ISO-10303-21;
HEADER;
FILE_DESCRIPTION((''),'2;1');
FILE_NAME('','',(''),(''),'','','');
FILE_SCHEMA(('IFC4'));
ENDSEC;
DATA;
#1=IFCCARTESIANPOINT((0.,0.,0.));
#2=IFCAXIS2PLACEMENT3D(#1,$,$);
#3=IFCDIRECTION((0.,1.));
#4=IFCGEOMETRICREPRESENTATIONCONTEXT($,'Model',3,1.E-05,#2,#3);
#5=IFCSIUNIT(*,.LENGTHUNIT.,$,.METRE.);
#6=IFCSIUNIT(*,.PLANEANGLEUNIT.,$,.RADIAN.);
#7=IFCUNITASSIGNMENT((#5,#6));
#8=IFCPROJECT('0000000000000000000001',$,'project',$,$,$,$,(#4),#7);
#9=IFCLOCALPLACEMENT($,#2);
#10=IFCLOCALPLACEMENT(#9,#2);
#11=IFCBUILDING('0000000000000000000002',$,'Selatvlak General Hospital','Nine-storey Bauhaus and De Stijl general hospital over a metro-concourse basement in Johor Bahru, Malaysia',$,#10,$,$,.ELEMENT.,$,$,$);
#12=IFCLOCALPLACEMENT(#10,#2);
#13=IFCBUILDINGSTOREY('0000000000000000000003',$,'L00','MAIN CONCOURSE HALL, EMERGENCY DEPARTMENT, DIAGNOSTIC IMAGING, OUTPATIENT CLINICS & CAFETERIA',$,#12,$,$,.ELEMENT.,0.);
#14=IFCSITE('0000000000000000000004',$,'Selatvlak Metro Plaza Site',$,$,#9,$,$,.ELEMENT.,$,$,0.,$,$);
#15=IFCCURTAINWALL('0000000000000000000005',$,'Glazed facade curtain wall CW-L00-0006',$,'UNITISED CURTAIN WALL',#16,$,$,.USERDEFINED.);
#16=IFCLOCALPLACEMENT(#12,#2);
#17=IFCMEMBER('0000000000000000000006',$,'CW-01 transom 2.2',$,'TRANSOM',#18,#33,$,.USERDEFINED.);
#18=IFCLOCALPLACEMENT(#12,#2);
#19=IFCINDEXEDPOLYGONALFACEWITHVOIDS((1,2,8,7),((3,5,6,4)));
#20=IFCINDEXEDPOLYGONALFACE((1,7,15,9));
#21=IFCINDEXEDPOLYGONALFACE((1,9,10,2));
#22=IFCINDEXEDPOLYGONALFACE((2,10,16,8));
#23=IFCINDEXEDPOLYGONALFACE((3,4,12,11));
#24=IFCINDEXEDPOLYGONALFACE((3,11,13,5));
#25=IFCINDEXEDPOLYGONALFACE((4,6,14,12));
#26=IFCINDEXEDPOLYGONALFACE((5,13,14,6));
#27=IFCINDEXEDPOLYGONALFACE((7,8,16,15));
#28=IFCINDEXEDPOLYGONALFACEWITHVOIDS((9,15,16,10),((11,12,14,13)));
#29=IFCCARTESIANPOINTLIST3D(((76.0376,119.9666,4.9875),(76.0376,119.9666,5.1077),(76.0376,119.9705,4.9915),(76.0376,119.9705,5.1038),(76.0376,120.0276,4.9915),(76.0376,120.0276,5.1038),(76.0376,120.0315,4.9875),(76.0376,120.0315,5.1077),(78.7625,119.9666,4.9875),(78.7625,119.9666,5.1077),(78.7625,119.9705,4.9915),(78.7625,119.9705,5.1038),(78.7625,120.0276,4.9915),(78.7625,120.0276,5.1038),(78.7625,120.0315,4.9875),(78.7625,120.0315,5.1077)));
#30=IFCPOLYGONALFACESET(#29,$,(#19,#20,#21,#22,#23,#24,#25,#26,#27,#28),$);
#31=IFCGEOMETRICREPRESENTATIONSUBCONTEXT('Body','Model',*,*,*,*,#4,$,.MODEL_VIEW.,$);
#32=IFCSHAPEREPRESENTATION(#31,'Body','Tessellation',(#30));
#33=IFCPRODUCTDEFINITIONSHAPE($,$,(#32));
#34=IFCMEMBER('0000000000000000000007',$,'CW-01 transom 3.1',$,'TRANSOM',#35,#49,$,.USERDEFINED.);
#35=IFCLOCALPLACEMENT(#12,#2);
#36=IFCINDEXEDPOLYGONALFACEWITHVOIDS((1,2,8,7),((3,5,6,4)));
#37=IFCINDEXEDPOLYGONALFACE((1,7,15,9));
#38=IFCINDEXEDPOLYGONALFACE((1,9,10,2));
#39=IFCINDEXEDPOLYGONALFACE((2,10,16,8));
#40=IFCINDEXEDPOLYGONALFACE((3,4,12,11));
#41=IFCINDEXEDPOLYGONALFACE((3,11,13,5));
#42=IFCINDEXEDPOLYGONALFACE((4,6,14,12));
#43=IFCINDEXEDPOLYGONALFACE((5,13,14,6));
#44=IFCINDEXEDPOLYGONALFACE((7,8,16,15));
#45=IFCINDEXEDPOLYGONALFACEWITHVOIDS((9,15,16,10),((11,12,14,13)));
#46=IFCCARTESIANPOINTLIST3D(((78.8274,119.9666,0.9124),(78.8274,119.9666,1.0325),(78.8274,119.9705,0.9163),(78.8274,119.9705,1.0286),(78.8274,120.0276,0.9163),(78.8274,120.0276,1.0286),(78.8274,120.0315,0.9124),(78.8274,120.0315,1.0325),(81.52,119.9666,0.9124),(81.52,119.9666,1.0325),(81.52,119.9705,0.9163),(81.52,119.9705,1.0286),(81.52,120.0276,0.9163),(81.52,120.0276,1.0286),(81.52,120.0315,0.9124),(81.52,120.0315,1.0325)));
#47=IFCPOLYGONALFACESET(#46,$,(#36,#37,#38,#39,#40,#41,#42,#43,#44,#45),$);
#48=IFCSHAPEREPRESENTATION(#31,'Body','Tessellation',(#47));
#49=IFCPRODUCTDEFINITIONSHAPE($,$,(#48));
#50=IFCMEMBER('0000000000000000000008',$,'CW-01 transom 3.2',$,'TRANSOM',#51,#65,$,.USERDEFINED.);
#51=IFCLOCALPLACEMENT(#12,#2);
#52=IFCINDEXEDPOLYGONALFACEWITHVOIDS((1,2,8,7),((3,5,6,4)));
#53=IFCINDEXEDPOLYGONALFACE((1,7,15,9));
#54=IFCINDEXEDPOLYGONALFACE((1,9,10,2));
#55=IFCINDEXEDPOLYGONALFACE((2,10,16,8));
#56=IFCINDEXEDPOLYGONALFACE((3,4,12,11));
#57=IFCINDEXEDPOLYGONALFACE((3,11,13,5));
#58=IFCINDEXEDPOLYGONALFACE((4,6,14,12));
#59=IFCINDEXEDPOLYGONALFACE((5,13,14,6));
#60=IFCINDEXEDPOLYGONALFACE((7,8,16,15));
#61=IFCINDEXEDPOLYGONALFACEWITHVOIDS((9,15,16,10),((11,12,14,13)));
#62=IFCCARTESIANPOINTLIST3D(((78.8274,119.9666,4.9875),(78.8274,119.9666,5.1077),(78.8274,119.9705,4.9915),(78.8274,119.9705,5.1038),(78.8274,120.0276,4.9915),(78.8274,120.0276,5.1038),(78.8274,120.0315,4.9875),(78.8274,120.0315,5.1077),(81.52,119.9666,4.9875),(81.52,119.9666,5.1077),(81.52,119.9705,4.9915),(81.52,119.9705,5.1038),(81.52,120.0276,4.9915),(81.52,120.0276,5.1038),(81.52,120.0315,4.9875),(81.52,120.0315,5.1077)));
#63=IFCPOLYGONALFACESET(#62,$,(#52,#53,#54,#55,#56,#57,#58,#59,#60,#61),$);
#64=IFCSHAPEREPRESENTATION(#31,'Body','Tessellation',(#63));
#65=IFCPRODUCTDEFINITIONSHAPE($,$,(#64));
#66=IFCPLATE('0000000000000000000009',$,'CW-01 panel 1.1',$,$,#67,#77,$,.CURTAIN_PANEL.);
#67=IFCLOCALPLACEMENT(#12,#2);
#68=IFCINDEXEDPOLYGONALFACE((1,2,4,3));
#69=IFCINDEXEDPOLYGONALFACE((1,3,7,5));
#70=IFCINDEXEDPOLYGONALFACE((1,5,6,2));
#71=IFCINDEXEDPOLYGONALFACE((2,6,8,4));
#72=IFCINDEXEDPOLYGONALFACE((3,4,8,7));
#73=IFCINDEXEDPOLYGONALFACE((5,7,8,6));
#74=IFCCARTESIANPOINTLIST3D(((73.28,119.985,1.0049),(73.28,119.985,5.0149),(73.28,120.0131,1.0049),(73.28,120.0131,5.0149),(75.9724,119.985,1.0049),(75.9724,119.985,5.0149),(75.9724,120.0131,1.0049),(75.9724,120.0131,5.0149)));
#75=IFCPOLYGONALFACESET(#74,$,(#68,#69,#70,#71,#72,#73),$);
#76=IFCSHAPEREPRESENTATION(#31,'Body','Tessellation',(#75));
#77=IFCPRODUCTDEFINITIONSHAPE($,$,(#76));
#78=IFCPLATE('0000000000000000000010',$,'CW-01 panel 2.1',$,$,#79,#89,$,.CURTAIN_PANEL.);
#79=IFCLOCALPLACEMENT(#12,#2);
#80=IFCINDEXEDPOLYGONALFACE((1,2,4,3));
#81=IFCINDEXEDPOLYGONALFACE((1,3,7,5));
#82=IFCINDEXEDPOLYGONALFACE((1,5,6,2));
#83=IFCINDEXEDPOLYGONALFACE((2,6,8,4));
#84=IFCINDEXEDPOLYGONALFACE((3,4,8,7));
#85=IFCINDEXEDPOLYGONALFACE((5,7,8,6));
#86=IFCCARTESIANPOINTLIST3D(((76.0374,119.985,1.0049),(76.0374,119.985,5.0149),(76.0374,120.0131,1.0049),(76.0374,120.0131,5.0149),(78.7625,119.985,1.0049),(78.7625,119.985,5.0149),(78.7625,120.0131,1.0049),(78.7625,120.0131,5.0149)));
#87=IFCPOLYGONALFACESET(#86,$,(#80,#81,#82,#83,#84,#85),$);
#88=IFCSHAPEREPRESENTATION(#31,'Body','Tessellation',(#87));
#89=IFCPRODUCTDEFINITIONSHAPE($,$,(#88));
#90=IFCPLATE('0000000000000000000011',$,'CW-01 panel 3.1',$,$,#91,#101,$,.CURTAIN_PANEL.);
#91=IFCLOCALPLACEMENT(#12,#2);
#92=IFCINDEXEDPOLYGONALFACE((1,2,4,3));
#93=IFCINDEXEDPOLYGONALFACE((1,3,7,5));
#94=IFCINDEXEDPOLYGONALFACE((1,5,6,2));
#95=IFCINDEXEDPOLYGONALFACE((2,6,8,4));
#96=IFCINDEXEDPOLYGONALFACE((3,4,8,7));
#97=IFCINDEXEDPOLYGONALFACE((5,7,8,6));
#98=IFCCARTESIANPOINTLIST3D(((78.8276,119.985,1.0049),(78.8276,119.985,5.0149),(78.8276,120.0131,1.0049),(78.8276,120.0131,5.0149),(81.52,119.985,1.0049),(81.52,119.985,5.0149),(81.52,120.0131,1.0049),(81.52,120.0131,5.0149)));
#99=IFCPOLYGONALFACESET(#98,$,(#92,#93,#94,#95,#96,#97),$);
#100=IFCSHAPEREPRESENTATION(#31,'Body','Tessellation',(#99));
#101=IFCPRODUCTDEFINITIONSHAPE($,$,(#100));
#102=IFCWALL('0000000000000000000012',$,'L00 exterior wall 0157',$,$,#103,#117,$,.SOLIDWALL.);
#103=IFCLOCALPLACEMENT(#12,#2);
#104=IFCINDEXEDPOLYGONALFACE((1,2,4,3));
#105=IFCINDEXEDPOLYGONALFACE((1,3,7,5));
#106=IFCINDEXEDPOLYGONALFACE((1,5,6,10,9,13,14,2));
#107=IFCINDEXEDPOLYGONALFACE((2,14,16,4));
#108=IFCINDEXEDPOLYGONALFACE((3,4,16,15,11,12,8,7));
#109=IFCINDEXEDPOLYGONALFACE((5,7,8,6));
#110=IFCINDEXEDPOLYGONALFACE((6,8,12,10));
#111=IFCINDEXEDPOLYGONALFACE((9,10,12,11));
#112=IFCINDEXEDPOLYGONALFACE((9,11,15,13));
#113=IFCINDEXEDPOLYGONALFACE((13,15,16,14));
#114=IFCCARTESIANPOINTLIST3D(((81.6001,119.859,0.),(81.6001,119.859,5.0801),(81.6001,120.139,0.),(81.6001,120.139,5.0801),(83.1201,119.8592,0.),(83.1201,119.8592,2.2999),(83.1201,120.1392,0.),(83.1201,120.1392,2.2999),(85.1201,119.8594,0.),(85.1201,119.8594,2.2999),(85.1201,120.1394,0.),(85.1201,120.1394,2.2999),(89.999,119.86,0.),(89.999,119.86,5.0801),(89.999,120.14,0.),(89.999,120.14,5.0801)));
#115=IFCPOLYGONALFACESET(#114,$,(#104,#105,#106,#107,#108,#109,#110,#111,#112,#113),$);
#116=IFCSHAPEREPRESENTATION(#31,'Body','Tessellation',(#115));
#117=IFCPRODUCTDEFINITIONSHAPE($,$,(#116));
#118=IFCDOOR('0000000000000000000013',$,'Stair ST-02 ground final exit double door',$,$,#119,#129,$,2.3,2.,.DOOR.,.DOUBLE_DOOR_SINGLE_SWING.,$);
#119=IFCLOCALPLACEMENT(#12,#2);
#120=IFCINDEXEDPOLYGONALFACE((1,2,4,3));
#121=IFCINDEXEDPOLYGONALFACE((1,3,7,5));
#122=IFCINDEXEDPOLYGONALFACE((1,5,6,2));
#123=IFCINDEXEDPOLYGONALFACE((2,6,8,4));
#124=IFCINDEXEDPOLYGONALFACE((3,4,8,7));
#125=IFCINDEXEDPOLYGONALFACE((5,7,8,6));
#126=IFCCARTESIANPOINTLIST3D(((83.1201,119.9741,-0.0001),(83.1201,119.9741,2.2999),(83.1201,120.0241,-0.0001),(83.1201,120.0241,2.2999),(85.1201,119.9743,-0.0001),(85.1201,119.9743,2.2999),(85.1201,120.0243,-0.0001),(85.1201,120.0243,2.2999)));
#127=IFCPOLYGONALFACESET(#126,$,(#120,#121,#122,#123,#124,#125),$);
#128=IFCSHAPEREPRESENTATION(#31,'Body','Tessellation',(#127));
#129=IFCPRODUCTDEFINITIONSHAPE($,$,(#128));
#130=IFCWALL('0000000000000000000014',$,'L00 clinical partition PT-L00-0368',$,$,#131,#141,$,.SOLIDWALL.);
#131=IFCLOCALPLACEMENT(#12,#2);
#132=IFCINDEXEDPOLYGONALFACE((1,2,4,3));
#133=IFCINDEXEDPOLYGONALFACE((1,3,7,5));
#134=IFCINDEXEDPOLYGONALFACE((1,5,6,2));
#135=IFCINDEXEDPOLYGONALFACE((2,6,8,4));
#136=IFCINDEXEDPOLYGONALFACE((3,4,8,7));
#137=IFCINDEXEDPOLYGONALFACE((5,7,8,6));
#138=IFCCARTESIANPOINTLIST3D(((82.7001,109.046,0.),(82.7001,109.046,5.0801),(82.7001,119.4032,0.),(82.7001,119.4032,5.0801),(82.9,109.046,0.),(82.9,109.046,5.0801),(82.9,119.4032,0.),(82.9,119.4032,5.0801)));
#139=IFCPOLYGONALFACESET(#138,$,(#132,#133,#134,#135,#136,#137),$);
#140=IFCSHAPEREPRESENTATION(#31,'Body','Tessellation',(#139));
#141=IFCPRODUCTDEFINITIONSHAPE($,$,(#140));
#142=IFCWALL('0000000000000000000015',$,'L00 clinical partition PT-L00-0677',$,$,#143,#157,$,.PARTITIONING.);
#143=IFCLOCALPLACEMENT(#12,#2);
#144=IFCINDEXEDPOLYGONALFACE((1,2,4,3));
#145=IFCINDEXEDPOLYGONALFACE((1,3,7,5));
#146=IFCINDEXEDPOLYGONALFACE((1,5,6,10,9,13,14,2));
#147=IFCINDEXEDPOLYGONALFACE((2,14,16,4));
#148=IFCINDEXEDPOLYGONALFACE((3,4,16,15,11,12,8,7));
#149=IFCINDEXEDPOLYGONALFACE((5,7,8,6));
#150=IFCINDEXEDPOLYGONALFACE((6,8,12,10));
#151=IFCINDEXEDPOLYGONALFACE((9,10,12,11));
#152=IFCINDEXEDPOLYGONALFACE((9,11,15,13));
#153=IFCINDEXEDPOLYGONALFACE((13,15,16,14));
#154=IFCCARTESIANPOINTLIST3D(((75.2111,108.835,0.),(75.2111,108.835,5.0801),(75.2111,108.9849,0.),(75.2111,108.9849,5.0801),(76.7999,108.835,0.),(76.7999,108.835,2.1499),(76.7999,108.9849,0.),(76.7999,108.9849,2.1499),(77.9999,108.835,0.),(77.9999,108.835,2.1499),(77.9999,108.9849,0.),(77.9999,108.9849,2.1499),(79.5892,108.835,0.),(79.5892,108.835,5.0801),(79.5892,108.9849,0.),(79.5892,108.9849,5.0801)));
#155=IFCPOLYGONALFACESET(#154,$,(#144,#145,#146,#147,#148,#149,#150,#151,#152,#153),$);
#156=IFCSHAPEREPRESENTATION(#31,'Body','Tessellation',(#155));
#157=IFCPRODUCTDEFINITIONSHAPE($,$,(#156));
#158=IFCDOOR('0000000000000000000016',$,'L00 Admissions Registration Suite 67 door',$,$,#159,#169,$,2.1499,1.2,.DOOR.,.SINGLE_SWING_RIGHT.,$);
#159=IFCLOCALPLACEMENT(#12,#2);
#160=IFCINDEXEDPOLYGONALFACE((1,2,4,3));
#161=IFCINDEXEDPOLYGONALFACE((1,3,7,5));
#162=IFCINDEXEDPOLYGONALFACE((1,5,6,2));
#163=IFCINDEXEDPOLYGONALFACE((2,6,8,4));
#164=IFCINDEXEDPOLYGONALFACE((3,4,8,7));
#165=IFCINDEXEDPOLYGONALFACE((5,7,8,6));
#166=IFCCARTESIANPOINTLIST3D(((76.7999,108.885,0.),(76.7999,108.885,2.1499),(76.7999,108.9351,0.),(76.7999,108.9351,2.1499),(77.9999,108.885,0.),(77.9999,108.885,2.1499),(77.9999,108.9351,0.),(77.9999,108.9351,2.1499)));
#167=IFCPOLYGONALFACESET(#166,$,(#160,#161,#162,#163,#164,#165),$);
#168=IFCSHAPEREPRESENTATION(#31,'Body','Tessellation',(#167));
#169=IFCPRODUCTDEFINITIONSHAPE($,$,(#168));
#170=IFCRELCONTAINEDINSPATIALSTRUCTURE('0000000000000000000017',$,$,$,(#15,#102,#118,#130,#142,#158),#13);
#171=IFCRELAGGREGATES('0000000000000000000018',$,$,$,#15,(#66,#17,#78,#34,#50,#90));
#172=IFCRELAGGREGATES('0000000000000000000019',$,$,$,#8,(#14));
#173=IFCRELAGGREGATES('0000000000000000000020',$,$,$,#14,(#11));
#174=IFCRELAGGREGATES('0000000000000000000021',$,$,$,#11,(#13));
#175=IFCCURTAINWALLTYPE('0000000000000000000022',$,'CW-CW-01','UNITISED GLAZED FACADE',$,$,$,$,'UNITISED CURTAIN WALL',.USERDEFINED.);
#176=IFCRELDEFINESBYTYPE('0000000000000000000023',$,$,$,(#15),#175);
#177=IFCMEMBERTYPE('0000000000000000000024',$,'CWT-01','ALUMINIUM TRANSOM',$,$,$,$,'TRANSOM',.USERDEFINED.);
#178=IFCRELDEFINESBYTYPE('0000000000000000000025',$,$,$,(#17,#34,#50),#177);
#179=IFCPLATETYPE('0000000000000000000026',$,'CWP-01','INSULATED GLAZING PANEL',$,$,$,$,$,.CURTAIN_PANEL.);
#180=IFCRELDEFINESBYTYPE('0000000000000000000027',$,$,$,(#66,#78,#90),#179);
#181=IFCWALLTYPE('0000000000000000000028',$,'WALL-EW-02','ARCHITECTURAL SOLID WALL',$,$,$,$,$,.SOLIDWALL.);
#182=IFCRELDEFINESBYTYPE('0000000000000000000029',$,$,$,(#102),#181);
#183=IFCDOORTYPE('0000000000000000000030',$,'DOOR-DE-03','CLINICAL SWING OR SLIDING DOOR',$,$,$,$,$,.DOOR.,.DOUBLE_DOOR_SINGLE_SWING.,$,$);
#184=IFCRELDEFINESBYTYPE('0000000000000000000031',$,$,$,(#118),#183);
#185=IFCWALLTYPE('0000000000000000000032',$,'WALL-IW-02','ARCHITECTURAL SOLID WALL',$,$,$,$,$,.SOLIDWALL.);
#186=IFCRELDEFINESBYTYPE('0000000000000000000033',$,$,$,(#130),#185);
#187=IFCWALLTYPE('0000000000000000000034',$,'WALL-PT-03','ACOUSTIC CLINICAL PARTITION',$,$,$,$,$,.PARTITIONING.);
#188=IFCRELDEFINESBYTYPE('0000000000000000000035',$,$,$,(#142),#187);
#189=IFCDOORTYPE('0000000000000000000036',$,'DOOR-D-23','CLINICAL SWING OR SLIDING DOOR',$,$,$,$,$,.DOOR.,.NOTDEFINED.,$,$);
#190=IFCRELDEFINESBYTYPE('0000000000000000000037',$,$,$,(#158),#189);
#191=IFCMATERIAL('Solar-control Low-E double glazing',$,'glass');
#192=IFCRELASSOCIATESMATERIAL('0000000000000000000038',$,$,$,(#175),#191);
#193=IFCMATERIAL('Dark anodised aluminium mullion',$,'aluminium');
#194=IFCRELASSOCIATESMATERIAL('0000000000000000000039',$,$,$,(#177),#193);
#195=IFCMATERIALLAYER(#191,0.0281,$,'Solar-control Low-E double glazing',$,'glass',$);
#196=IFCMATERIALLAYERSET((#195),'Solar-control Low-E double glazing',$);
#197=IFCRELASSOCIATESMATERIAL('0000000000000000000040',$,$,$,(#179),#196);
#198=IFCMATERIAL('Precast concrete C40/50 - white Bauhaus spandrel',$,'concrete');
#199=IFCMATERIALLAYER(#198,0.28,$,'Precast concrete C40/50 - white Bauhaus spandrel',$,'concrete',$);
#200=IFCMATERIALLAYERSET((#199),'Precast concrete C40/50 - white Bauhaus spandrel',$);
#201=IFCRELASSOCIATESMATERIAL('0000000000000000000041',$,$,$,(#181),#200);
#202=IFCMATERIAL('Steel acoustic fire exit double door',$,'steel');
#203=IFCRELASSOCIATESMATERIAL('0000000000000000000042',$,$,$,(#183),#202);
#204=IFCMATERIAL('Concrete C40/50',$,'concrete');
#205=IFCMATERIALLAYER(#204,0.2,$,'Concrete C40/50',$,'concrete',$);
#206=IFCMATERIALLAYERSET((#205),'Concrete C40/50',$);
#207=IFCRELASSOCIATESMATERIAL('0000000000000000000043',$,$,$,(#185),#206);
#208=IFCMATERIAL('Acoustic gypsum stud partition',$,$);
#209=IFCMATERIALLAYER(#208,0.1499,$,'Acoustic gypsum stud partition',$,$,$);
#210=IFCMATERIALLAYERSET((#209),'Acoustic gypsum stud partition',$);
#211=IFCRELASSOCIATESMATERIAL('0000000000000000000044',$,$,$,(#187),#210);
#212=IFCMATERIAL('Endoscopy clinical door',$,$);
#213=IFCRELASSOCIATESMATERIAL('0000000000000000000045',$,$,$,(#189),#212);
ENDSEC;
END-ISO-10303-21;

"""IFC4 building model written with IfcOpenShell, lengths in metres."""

from ifc_helpers import new_model, si_unit, direction, frame, frame_2d, origin, origin_2d, place, context, subcontext, project, spatial, rectangle, hollow_rectangle, extrude, material, layer, layer_set, material_profile, profile_set, type_object, element, fill, aggregate, save


model = new_model("IFC4")

# Units and contexts
model_context = context("Model", 3, precision=1e-05, world=origin(), true_north=direction((0.0, 1.0)))
body_context = subcontext(model_context, "Body", "Model", "MODEL_VIEW")
ifc_project = project(units=[si_unit("LENGTHUNIT", "METRE"), si_unit("PLANEANGLEUNIT", "RADIAN")], contexts=[model_context])

# Site, building, storey
site_placement = place(None, origin())
site = spatial("IfcSite", under=ifc_project, at=site_placement, Name="Selatvlak Metro Plaza Site", CompositionType="ELEMENT", RefElevation=0.0)
building_placement = place(site_placement, origin())
building = spatial("IfcBuilding", under=site, at=building_placement, Name="Selatvlak General Hospital", Description="Nine-storey Bauhaus and De Stijl general hospital over a metro-concourse basement in Johor Bahru, Malaysia", CompositionType="ELEMENT")
storey_placement = place(building_placement, origin())
storey = spatial("IfcBuildingStorey", under=building, at=storey_placement, Name="L00", Description="MAIN CONCOURSE HALL, EMERGENCY DEPARTMENT, DIAGNOSTIC IMAGING, OUTPATIENT CLINICS & CAFETERIA", CompositionType="ELEMENT", Elevation=0.0)

# Shared definitions
ifc_material_1 = material(Name="Concrete C40/50", Category="concrete")

# Curtain wall, members, plates
ifc_material_2 = material(Name="Solar-control Low-E double glazing", Category="glass")
curtain_wall_type = type_object("IfcCurtainWallType", Name="CW-CW-01", Description="UNITISED GLAZED FACADE", ElementType="UNITISED CURTAIN WALL", PredefinedType="USERDEFINED", material=ifc_material_2)
curtain_wall_placement = place(storey_placement, origin())
curtain_wall = element("IfcCurtainWall", 1, at=curtain_wall_placement, inside=storey, type_object=curtain_wall_type, Name="Glazed facade curtain wall CW-L00-0006", ObjectType="UNITISED CURTAIN WALL", PredefinedType="USERDEFINED")
ifc_material_3 = material(Name="Dark anodised aluminium mullion", Category="aluminium")
ifc_material_profile_1 = material_profile(ifc_material_3, hollow_rectangle(XDim=0.0649, YDim=0.1201, WallThickness=0.0039, at=origin_2d()), Name="AL-TRN 65x120x4")
ifc_profile_set_1 = profile_set([ifc_material_profile_1], Name="Dark anodised aluminium mullion")
member_type_1 = type_object("IfcMemberType", Name="CWT-01", Description="ALUMINIUM TRANSOM", ElementType="TRANSOM", PredefinedType="USERDEFINED", material=ifc_profile_set_1)
member_1_placement = place(storey_placement, frame((76.0376, 119.999, 5.0476), z_axis=(1.0, 0.0, 0.0), x_axis=(0.0, 1.0, 0.0)))
member_1 = element("IfcMember", 2, at=member_1_placement, type_object=member_type_1, Name="CW-01 transom 2.2", ObjectType="TRANSOM", PredefinedType="USERDEFINED", context=body_context, shape_type="SweptSolid", body=[
    extrude(hollow_rectangle(XDim=0.0649, YDim=0.1201, WallThickness=0.0039, at=origin_2d()), origin(), (0.0, 0.0, 1.0), 2.7249),
])
member_2_placement = place(storey_placement, frame((78.8274, 119.999, 0.9724), z_axis=(1.0, 0.0, 0.0), x_axis=(0.0, 1.0, 0.0)))
member_2 = element("IfcMember", 3, at=member_2_placement, type_object=member_type_1, Name="CW-01 transom 3.1", ObjectType="TRANSOM", PredefinedType="USERDEFINED", context=body_context, shape_type="SweptSolid", body=[
    extrude(hollow_rectangle(XDim=0.0649, YDim=0.1201, WallThickness=0.0039, at=origin_2d()), origin(), (0.0, 0.0, 1.0), 2.6926),
])
member_3_placement = place(storey_placement, frame((78.8274, 119.999, 5.0476), z_axis=(1.0, 0.0, 0.0), x_axis=(0.0, 1.0, 0.0)))
member_3 = element("IfcMember", 4, at=member_3_placement, type_object=member_type_1, Name="CW-01 transom 3.2", ObjectType="TRANSOM", PredefinedType="USERDEFINED", context=body_context, shape_type="SweptSolid", body=[
    extrude(hollow_rectangle(XDim=0.0649, YDim=0.1201, WallThickness=0.0039, at=origin_2d()), origin(), (0.0, 0.0, 1.0), 2.6926),
])
ifc_layer_1 = layer(ifc_material_2, 0.0281, Name="Solar-control Low-E double glazing", Category="glass")
ifc_layer_set_1 = layer_set([ifc_layer_1], Name="Solar-control Low-E double glazing")
plate_type = type_object("IfcPlateType", Name="CWP-01", Description="INSULATED GLAZING PANEL", PredefinedType="CURTAIN_PANEL", material=ifc_layer_set_1)
plate_1_placement = place(storey_placement, frame((74.6262, 119.999, 1.0049), z_axis=(0.0, 0.0, 1.0), x_axis=(1.0, 0.0, 0.0)))
plate_1 = element("IfcPlate", 5, at=plate_1_placement, type_object=plate_type, Name="CW-01 panel 1.1", PredefinedType="CURTAIN_PANEL", context=body_context, shape_type="SweptSolid", body=[
    extrude(rectangle(XDim=2.6924, YDim=0.0281, at=origin_2d()), origin(), (0.0, 0.0, 1.0), 4.01),
])
plate_2_placement = place(storey_placement, frame((77.3999, 119.999, 1.0049), z_axis=(0.0, 0.0, 1.0), x_axis=(1.0, 0.0, 0.0)))
plate_2 = element("IfcPlate", 6, at=plate_2_placement, type_object=plate_type, Name="CW-01 panel 2.1", PredefinedType="CURTAIN_PANEL", context=body_context, shape_type="SweptSolid", body=[
    extrude(rectangle(XDim=2.7251, YDim=0.0281, at=origin_2d()), origin(), (0.0, 0.0, 1.0), 4.01),
])
plate_3_placement = place(storey_placement, frame((80.1738, 119.999, 1.0049), z_axis=(0.0, 0.0, 1.0), x_axis=(1.0, 0.0, 0.0)))
plate_3 = element("IfcPlate", 7, at=plate_3_placement, type_object=plate_type, Name="CW-01 panel 3.1", PredefinedType="CURTAIN_PANEL", context=body_context, shape_type="SweptSolid", body=[
    extrude(rectangle(XDim=2.6924, YDim=0.0281, at=origin_2d()), origin(), (0.0, 0.0, 1.0), 4.01),
])
aggregate(curtain_wall, [plate_1, member_1, plate_2, member_2, member_3, plate_3])

# Wall, opening, door
ifc_material_4 = material(Name="Precast concrete C40/50 - white Bauhaus spandrel", Category="concrete")
ifc_layer_2 = layer(ifc_material_4, 0.28, Name="Precast concrete C40/50 - white Bauhaus spandrel", Category="concrete")
ifc_layer_set_2 = layer_set([ifc_layer_2], Name="Precast concrete C40/50 - white Bauhaus spandrel")
wall_type_1 = type_object("IfcWallType", Name="WALL-EW-02", Description="ARCHITECTURAL SOLID WALL", PredefinedType="SOLIDWALL", material=ifc_layer_set_2)
wall_1_placement = place(storey_placement, frame((81.6001, 119.999, 0.0), z_axis=(0.0, 0.0, 1.0), x_axis=(1.0, 0.000116, 0.0)))
wall_1 = element("IfcWall", 8, at=wall_1_placement, inside=storey, type_object=wall_type_1, Name="L00 exterior wall 0157", PredefinedType="SOLIDWALL", context=body_context, shape_type="SweptSolid", body=[
    extrude(rectangle(XDim=8.3989, YDim=0.28, at=frame_2d((4.1995, 0.0))), origin(), (0.0, 0.0, 1.0), 5.0801),
])
opening_1_placement = place(wall_1_placement, frame((1.52, 0.0, 0.0)))
opening_1 = element("IfcOpeningElement", 9, at=opening_1_placement, cuts=wall_1, PredefinedType="OPENING", context=body_context, shape_type="SweptSolid", body=[
    extrude(rectangle(XDim=2.0, YDim=2.3, at=frame_2d((1.0, 1.1499))), frame((0.0, 0.1499, 0.0), z_axis=(0.0, -1.0, 0.0), x_axis=(1.0, 0.0, 0.0)), (0.0, 0.0, 1.0), 0.3),
])
ifc_material_5 = material(Name="Steel acoustic fire exit double door", Category="steel")
door_type_1 = type_object("IfcDoorType", Name="DOOR-DE-03", Description="CLINICAL SWING OR SLIDING DOOR", OperationType="DOUBLE_DOOR_SINGLE_SWING", PredefinedType="DOOR", material=ifc_material_5)
door_1_placement = place(opening_1_placement, origin())
door_1 = element("IfcDoor", 10, at=door_1_placement, inside=storey, type_object=door_type_1, Name="Stair ST-02 ground final exit double door", OperationType="DOUBLE_DOOR_SINGLE_SWING", OverallHeight=2.3, OverallWidth=2.0, PredefinedType="DOOR", context=body_context, shape_type="SweptSolid", body=[
    extrude(rectangle(XDim=2.0, YDim=2.3, at=frame_2d((1.0, 1.1499))), frame((0.0, 0.0249, 0.0), z_axis=(0.0, -1.0, 0.0), x_axis=(1.0, 0.0, 0.0)), (0.0, 0.0, 1.0), 0.05),
])
fill(opening_1, door_1)

# Wall
ifc_layer_3 = layer(ifc_material_1, 0.2, Name="Concrete C40/50", Category="concrete")
ifc_layer_set_3 = layer_set([ifc_layer_3], Name="Concrete C40/50")
wall_type_2 = type_object("IfcWallType", Name="WALL-IW-02", Description="ARCHITECTURAL SOLID WALL", PredefinedType="SOLIDWALL", material=ifc_layer_set_3)
wall_2_placement = place(storey_placement, frame((82.8, 109.0459, 0.0), z_axis=(0.0, 0.0, 1.0), x_axis=(0.0, 1.0, 0.0)))
element("IfcWall", 11, at=wall_2_placement, inside=storey, type_object=wall_type_2, Name="L00 clinical partition PT-L00-0368", PredefinedType="SOLIDWALL", context=body_context, shape_type="SweptSolid", body=[
    extrude(rectangle(XDim=10.3572, YDim=0.2, at=frame_2d((5.1787, 0.0))), origin(), (0.0, 0.0, 1.0), 5.0801),
])

# Wall, opening, door
ifc_material_6 = material(Name="Acoustic gypsum stud partition")
ifc_layer_4 = layer(ifc_material_6, 0.1499, Name="Acoustic gypsum stud partition")
ifc_layer_set_4 = layer_set([ifc_layer_4], Name="Acoustic gypsum stud partition")
wall_type_3 = type_object("IfcWallType", Name="WALL-PT-03", Description="ACOUSTIC CLINICAL PARTITION", PredefinedType="PARTITIONING", material=ifc_layer_set_4)
wall_3_placement = place(storey_placement, frame((79.5891, 108.9099, 0.0), z_axis=(0.0, 0.0, 1.0), x_axis=(-1.0, 0.0, 0.0)))
wall_3 = element("IfcWall", 12, at=wall_3_placement, inside=storey, type_object=wall_type_3, Name="L00 clinical partition PT-L00-0677", PredefinedType="PARTITIONING", context=body_context, shape_type="SweptSolid", body=[
    extrude(rectangle(XDim=4.3782, YDim=0.1499, at=frame_2d((2.189, 0.0))), origin(), (0.0, 0.0, 1.0), 5.0801),
])
opening_2_placement = place(wall_3_placement, frame((1.5891, 0.0, 0.0)))
opening_2 = element("IfcOpeningElement", 13, at=opening_2_placement, cuts=wall_3, PredefinedType="OPENING", context=body_context, shape_type="SweptSolid", body=[
    extrude(rectangle(XDim=1.2, YDim=2.1499, at=frame_2d((0.6001, 1.075))), frame((0.0, 0.085, 0.0), z_axis=(0.0, -1.0, 0.0), x_axis=(1.0, 0.0, 0.0)), (0.0, 0.0, 1.0), 0.1699),
])
ifc_material_7 = material(Name="Endoscopy clinical door")
door_type_2 = type_object("IfcDoorType", Name="DOOR-D-23", Description="CLINICAL SWING OR SLIDING DOOR", OperationType="NOTDEFINED", PredefinedType="DOOR", material=ifc_material_7)
door_2_placement = place(opening_2_placement, origin())
door_2 = element("IfcDoor", 14, at=door_2_placement, inside=storey, type_object=door_type_2, Name="L00 Admissions Registration Suite 67 door", OperationType="SINGLE_SWING_RIGHT", OverallHeight=2.1499, OverallWidth=1.2, PredefinedType="DOOR", context=body_context, shape_type="SweptSolid", body=[
    extrude(rectangle(XDim=1.2, YDim=2.1499, at=frame_2d((0.6001, 1.075))), frame((0.0, 0.0249, 0.0), z_axis=(0.0, -1.0, 0.0), x_axis=(1.0, 0.0, 0.0)), (0.0, 0.0, 1.0), 0.05),
])
fill(opening_2, door_2)

save(model, "model.ifc")
